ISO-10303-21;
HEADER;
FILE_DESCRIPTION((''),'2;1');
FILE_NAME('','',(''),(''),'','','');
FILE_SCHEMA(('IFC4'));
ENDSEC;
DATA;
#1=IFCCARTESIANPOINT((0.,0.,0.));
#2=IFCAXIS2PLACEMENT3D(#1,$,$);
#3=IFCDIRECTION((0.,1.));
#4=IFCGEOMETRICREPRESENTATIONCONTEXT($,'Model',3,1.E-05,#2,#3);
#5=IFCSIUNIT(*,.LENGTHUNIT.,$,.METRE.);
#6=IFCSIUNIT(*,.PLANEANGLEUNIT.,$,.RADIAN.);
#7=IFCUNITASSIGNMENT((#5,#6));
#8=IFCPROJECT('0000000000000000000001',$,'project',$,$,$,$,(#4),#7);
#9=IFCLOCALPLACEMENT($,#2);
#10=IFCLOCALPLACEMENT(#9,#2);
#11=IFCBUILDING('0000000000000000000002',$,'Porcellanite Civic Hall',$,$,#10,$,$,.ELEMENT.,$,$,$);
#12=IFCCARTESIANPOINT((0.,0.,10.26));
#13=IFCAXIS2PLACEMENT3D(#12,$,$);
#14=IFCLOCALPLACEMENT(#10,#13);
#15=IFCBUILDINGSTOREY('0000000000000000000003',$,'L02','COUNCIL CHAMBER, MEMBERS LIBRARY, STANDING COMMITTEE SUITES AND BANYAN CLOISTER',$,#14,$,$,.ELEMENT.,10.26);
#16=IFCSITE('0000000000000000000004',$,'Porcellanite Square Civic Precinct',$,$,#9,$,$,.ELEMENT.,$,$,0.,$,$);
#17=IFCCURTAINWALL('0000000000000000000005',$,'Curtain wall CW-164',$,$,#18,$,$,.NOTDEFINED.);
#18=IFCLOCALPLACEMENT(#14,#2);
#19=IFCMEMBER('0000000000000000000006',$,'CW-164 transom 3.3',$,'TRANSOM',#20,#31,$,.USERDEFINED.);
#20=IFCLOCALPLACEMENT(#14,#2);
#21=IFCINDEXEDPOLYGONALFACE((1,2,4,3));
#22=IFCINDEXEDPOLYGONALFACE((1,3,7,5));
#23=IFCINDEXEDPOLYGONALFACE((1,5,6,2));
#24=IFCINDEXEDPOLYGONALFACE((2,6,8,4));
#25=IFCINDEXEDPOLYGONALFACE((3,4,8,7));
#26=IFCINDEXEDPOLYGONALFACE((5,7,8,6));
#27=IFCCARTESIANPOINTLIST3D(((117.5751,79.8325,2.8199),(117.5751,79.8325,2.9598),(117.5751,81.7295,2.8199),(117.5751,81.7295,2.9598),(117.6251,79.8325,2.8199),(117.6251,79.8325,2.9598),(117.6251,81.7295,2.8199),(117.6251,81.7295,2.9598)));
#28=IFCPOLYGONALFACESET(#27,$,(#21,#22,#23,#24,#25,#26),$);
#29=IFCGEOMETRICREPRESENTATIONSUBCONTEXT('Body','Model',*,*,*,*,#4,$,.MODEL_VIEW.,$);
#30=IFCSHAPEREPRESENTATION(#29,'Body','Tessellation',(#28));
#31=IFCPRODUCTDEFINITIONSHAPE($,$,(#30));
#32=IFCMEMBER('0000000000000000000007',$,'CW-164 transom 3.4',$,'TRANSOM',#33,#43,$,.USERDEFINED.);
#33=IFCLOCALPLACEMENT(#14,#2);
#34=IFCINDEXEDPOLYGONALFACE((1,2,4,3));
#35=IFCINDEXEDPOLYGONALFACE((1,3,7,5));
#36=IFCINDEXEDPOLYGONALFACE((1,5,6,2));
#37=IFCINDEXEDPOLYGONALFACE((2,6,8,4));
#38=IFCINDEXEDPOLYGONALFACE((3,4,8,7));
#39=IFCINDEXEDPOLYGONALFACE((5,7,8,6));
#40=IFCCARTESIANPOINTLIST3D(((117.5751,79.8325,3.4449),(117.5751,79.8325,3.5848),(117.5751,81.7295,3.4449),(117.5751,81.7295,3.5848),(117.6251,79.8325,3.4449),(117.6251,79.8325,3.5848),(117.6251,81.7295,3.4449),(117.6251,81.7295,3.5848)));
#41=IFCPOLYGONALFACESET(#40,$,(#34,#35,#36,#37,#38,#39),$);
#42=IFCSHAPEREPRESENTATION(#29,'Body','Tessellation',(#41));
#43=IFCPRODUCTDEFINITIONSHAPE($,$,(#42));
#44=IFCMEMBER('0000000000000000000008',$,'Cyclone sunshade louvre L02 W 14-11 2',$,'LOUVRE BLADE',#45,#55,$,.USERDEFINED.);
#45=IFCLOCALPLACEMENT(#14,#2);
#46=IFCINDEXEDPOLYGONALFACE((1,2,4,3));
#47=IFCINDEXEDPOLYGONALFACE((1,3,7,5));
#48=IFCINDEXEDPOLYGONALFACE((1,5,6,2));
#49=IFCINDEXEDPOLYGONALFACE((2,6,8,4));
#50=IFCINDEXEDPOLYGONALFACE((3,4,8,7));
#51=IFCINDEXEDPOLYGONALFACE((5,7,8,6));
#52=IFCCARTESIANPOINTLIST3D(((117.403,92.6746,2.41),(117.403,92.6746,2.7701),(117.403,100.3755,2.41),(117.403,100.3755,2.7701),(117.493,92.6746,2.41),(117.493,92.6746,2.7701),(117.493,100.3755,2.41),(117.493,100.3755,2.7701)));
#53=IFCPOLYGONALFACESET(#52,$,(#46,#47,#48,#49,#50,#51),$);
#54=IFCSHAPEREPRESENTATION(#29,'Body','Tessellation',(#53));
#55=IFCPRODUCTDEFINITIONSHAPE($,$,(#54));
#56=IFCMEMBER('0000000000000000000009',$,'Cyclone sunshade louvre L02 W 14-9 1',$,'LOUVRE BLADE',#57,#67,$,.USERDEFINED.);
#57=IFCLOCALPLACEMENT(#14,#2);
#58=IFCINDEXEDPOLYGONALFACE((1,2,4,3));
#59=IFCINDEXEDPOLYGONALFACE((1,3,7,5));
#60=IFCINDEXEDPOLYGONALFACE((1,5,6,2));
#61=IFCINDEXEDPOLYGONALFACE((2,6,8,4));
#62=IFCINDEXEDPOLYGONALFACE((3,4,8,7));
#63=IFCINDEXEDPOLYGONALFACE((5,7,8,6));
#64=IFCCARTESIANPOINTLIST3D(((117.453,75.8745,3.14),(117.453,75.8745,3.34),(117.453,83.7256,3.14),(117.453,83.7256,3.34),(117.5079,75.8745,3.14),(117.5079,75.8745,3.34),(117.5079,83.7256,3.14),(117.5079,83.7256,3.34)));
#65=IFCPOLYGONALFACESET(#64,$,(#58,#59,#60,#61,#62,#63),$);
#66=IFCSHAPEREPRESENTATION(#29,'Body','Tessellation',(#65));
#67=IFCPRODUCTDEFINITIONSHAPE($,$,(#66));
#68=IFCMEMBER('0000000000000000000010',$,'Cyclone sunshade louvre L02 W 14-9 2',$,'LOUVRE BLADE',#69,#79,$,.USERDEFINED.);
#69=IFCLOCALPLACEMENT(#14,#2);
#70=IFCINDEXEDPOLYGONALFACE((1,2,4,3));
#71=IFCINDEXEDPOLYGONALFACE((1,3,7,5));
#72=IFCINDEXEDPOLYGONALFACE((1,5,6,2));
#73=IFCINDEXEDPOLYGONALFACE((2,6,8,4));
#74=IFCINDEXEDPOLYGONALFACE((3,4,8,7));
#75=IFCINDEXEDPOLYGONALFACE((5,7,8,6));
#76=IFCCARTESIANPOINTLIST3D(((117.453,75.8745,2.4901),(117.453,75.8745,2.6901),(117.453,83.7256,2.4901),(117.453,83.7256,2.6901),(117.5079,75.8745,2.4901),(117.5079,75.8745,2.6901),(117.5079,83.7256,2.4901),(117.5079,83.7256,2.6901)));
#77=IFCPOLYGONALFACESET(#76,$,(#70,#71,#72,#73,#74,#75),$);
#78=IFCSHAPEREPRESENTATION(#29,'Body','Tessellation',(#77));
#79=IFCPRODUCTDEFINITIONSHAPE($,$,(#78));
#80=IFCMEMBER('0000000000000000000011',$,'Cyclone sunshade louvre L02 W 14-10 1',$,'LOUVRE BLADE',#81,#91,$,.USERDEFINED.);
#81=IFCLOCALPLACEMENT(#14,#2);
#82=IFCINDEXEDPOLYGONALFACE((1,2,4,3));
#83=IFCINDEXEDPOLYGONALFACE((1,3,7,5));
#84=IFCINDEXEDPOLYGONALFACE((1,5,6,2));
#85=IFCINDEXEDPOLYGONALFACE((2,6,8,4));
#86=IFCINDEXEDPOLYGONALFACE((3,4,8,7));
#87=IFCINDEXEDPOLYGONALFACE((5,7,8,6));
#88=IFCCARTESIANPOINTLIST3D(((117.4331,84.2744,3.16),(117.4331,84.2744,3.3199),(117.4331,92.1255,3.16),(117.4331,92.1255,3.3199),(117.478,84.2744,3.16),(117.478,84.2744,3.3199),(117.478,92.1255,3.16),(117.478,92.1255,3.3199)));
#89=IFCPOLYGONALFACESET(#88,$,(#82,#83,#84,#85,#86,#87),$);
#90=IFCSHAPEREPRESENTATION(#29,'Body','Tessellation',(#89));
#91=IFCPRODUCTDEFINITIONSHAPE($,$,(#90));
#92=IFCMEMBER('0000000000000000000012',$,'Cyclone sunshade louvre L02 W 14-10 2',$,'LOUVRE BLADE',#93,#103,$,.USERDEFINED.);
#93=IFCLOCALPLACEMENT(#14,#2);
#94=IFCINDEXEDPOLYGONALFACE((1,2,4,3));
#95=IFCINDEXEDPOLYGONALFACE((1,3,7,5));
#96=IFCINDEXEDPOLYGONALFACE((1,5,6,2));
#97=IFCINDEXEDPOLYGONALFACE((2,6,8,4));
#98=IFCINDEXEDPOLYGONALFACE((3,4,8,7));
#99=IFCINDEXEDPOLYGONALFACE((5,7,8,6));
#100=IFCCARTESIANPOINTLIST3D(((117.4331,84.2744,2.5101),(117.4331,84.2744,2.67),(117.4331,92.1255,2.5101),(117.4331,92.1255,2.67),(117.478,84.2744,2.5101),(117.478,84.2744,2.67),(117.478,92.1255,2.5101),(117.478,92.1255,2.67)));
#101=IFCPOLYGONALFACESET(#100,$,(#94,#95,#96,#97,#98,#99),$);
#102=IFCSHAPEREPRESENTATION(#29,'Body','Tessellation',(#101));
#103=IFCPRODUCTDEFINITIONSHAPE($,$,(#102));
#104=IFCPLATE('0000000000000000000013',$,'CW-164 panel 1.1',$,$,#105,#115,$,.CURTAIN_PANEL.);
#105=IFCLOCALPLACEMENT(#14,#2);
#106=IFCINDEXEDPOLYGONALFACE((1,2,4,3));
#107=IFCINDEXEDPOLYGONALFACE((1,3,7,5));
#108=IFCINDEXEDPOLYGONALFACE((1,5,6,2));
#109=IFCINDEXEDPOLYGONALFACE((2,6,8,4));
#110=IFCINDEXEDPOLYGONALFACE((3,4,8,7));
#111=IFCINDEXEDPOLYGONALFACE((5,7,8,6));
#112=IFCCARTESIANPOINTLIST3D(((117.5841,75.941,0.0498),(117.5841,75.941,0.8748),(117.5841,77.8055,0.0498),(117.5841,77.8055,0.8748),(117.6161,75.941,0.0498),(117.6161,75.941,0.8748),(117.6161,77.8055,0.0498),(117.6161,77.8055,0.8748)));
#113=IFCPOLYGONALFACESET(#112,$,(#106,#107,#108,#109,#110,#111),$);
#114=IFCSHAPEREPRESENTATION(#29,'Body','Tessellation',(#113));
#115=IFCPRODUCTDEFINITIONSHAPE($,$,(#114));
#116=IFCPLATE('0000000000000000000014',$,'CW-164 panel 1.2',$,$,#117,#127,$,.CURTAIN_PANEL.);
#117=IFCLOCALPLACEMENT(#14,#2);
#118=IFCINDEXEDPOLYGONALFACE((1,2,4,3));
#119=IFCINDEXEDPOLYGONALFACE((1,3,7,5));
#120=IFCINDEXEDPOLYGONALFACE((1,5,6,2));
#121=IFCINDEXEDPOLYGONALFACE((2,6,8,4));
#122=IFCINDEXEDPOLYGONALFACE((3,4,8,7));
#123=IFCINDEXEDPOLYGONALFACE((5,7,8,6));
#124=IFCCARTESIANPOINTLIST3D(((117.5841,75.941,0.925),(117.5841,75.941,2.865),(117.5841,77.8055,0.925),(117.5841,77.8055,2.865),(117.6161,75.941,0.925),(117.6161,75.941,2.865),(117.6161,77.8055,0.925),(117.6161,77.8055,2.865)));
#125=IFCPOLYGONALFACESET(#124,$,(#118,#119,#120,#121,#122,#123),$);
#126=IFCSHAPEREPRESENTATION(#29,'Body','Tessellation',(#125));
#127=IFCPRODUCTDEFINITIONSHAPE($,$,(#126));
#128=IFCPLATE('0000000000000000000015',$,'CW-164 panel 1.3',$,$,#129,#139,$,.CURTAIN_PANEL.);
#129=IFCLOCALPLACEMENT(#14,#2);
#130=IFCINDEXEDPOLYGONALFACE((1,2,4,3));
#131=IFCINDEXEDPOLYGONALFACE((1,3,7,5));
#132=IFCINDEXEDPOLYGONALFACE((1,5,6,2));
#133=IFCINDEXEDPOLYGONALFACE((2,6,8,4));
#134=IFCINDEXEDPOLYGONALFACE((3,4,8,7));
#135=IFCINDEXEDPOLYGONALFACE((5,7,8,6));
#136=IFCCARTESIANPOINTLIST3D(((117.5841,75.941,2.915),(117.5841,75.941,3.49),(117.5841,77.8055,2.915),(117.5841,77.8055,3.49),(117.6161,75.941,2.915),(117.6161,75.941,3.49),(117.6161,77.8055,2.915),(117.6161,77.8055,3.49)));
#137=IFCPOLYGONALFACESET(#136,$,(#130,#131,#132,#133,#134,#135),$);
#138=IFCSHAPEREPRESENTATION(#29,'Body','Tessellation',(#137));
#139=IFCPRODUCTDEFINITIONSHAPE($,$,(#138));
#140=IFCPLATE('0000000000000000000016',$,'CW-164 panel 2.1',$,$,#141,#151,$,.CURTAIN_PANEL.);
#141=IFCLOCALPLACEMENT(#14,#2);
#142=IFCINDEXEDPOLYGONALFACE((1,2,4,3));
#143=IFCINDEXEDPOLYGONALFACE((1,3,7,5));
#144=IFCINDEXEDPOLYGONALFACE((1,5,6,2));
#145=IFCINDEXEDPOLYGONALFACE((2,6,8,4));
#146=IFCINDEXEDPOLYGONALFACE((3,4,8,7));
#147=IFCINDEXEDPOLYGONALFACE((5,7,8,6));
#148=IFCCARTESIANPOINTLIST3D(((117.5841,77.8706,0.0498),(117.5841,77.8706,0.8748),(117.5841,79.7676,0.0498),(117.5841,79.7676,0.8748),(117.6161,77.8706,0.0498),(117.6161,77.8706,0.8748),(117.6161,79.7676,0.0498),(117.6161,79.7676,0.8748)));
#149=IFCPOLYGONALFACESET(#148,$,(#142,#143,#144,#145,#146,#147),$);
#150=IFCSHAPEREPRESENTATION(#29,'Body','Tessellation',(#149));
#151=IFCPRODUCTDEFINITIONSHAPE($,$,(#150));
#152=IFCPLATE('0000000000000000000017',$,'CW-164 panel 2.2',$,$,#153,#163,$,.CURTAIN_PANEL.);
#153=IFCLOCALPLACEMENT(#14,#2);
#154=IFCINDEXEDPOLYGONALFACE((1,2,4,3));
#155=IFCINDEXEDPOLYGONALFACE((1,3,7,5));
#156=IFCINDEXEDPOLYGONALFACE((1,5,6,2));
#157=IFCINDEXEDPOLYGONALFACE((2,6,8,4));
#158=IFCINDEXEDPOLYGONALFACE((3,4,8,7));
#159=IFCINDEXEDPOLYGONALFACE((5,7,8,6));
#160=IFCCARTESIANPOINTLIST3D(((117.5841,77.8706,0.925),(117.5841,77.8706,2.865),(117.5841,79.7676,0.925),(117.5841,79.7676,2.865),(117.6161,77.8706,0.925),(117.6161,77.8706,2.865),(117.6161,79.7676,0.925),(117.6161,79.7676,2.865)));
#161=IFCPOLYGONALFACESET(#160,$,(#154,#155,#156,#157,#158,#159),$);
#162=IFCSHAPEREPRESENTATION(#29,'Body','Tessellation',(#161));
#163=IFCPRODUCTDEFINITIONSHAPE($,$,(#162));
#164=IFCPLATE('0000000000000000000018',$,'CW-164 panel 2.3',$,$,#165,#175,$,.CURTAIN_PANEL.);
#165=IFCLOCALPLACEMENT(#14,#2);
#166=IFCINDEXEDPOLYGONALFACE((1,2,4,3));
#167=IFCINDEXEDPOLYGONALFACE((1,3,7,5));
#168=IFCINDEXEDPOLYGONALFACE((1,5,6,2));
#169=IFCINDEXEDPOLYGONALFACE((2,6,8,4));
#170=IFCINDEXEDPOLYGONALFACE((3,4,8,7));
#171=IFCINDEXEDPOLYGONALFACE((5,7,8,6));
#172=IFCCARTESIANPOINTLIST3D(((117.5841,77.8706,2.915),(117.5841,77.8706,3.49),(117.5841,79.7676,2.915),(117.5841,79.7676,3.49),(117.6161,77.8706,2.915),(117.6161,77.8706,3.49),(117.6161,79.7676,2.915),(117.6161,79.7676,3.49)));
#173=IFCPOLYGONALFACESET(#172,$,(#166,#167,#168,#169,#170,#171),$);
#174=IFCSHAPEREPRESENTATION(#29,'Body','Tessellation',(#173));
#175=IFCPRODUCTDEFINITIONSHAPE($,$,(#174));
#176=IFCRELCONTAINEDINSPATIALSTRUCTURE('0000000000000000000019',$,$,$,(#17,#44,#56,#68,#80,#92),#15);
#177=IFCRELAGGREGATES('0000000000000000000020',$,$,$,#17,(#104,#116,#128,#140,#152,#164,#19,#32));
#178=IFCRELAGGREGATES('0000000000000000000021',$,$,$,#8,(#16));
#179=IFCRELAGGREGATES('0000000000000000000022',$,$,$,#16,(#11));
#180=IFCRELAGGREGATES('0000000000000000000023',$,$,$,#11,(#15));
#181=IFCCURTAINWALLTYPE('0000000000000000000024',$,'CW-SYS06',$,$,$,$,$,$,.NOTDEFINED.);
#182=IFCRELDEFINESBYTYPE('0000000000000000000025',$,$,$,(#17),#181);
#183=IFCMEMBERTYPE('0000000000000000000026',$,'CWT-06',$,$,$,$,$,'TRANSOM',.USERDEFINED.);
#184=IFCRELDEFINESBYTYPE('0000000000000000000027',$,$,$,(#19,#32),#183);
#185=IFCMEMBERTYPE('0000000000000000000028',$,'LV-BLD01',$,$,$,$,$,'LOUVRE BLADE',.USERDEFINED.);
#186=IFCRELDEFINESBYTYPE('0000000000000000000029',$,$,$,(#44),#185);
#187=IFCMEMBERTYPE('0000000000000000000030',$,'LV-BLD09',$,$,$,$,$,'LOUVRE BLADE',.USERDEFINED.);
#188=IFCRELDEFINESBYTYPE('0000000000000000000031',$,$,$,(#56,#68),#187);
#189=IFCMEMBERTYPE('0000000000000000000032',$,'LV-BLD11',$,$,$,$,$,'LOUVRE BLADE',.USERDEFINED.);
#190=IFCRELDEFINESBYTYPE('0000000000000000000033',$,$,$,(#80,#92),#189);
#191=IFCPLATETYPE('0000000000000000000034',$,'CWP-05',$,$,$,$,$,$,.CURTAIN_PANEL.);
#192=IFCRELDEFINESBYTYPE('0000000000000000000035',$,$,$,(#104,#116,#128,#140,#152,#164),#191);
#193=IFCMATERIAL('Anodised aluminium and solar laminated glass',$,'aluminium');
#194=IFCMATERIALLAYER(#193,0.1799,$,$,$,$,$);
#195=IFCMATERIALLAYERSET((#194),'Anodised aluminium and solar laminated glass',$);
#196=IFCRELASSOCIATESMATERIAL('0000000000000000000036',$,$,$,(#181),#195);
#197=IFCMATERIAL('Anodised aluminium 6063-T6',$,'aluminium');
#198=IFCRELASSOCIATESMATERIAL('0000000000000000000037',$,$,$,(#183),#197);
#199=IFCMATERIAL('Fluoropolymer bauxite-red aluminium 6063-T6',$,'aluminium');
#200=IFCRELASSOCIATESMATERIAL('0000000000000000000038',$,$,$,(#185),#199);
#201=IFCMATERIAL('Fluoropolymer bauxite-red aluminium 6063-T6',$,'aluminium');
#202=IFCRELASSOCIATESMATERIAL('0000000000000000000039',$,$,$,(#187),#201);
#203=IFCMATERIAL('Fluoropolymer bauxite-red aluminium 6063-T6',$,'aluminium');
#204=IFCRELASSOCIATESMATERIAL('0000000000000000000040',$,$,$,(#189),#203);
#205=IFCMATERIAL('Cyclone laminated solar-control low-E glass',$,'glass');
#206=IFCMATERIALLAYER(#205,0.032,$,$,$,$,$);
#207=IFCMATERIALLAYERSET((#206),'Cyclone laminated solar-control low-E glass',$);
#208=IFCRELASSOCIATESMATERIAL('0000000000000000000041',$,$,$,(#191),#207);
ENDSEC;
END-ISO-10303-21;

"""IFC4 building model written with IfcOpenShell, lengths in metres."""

from ifc_helpers import new_model, si_unit, direction, frame, origin, origin_2d, place, context, subcontext, project, spatial, rectangle, extrude, material, layer, layer_set, material_profile, profile_set, type_object, element, aggregate, save


model = new_model("IFC4")

# Units and contexts
model_context = context("Model", 3, precision=1e-05, world=origin(), true_north=direction((0.0, 1.0)))
body_context = subcontext(model_context, "Body", "Model", "MODEL_VIEW")
ifc_project = project(units=[si_unit("LENGTHUNIT", "METRE"), si_unit("PLANEANGLEUNIT", "RADIAN")], contexts=[model_context])

# Site, building, storey
site_placement = place(None, origin())
site = spatial("IfcSite", under=ifc_project, at=site_placement, Name="Porcellanite Square Civic Precinct", CompositionType="ELEMENT", RefElevation=0.0)
building_placement = place(site_placement, origin())
building = spatial("IfcBuilding", under=site, at=building_placement, Name="Porcellanite Civic Hall", CompositionType="ELEMENT")
storey_placement = place(building_placement, frame((0.0, 0.0, 10.26)))
storey = spatial("IfcBuildingStorey", under=building, at=storey_placement, Name="L02", Description="COUNCIL CHAMBER, MEMBERS LIBRARY, STANDING COMMITTEE SUITES AND BANYAN CLOISTER", CompositionType="ELEMENT", Elevation=10.26)

# Curtain wall, members
ifc_material_1 = material(Name="Anodised aluminium and solar laminated glass", Category="aluminium")
ifc_layer_1 = layer(ifc_material_1, 0.1799)
ifc_layer_set_1 = layer_set([ifc_layer_1], Name="Anodised aluminium and solar laminated glass")
curtain_wall_type = type_object("IfcCurtainWallType", Name="CW-SYS06", PredefinedType="NOTDEFINED", material=ifc_layer_set_1)
curtain_wall_placement = place(storey_placement, origin())
curtain_wall = element("IfcCurtainWall", 1, at=curtain_wall_placement, inside=storey, type_object=curtain_wall_type, Name="Curtain wall CW-164", PredefinedType="NOTDEFINED")
ifc_material_2 = material(Name="Anodised aluminium 6063-T6", Category="aluminium")
ifc_material_profile_1 = material_profile(ifc_material_2, rectangle(XDim=0.05, YDim=0.1399, at=origin_2d()), Name="AL-50x140")
ifc_profile_set_1 = profile_set([ifc_material_profile_1], Name="Anodised aluminium 6063-T6")
member_type_1 = type_object("IfcMemberType", Name="CWT-06", ElementType="TRANSOM", PredefinedType="USERDEFINED", material=ifc_profile_set_1)
member_1_placement = place(storey_placement, frame((117.6001, 79.8325, 2.8899), z_axis=(0.0, 1.0, 0.0), x_axis=(-1.0, 0.0, 0.0)))
member_1 = element("IfcMember", 2, at=member_1_placement, type_object=member_type_1, Name="CW-164 transom 3.3", ObjectType="TRANSOM", PredefinedType="USERDEFINED", context=body_context, shape_type="SweptSolid", body=[
    extrude(rectangle(XDim=0.05, YDim=0.1399, at=origin_2d()), origin(), (0.0, 0.0, 1.0), 1.897),
])
member_2_placement = place(storey_placement, frame((117.6001, 79.8325, 3.5149), z_axis=(0.0, 1.0, 0.0), x_axis=(-1.0, 0.0, 0.0)))
member_2 = element("IfcMember", 3, at=member_2_placement, type_object=member_type_1, Name="CW-164 transom 3.4", ObjectType="TRANSOM", PredefinedType="USERDEFINED", context=body_context, shape_type="SweptSolid", body=[
    extrude(rectangle(XDim=0.05, YDim=0.1399, at=origin_2d()), origin(), (0.0, 0.0, 1.0), 1.897),
])

# Members
ifc_material_3 = material(Name="Fluoropolymer bauxite-red aluminium 6063-T6", Category="aluminium")
ifc_material_profile_2 = material_profile(ifc_material_3, rectangle(XDim=0.0901, YDim=0.3601, at=origin_2d()), Name="AL-90x360")
ifc_profile_set_2 = profile_set([ifc_material_profile_2], Name="Fluoropolymer bauxite-red aluminium 6063-T6")
member_type_2 = type_object("IfcMemberType", Name="LV-BLD01", ElementType="LOUVRE BLADE", PredefinedType="USERDEFINED", material=ifc_profile_set_2)
member_3_placement = place(storey_placement, frame((117.448, 92.6746, 2.5901), z_axis=(0.0, 1.0, 0.0), x_axis=(-1.0, 0.0, 0.0)))
element("IfcMember", 4, at=member_3_placement, inside=storey, type_object=member_type_2, Name="Cyclone sunshade louvre L02 W 14-11 2", ObjectType="LOUVRE BLADE", PredefinedType="USERDEFINED", context=body_context, shape_type="SweptSolid", body=[
    extrude(rectangle(XDim=0.0901, YDim=0.3601, at=origin_2d()), origin(), (0.0, 0.0, 1.0), 7.7009),
])
ifc_material_4 = material(Name="Fluoropolymer bauxite-red aluminium 6063-T6", Category="aluminium")
ifc_material_profile_3 = material_profile(ifc_material_4, rectangle(XDim=0.0549, YDim=0.2, at=origin_2d()), Name="AL-55x200")
ifc_profile_set_3 = profile_set([ifc_material_profile_3], Name="Fluoropolymer bauxite-red aluminium 6063-T6")
member_type_3 = type_object("IfcMemberType", Name="LV-BLD09", ElementType="LOUVRE BLADE", PredefinedType="USERDEFINED", material=ifc_profile_set_3)
for number, where, z_axis, x_axis, name in (
    (5, (117.4805, 75.8745, 3.24), (0.0, 1.0, 0.0), (-1.0, 0.0, 0.0), "Cyclone sunshade louvre L02 W 14-9 1"),
    (6, (117.4805, 75.8745, 2.5901), (0.0, 1.0, 0.0), (-1.0, 0.0, 0.0), "Cyclone sunshade louvre L02 W 14-9 2"),
):
    element("IfcMember", number, at=place(storey_placement, frame(where, z_axis=z_axis, x_axis=x_axis)), inside=storey, type_object=member_type_3, Name=name, ObjectType="LOUVRE BLADE", PredefinedType="USERDEFINED", context=body_context, shape_type="SweptSolid", body=[
        extrude(rectangle(XDim=0.0549, YDim=0.2, at=origin_2d()), origin(), (0.0, 0.0, 1.0), 7.8511),
    ])
ifc_material_5 = material(Name="Fluoropolymer bauxite-red aluminium 6063-T6", Category="aluminium")
ifc_material_profile_4 = material_profile(ifc_material_5, rectangle(XDim=0.0449, YDim=0.1599, at=origin_2d()), Name="AL-45x160")
ifc_profile_set_4 = profile_set([ifc_material_profile_4], Name="Fluoropolymer bauxite-red aluminium 6063-T6")
member_type_4 = type_object("IfcMemberType", Name="LV-BLD11", ElementType="LOUVRE BLADE", PredefinedType="USERDEFINED", material=ifc_profile_set_4)
for number, where, z_axis, x_axis, name in (
    (7, (117.4556, 84.2744, 3.24), (0.0, 1.0, 0.0), (-1.0, 0.0, 0.0), "Cyclone sunshade louvre L02 W 14-10 1"),
    (8, (117.4556, 84.2744, 2.5901), (0.0, 1.0, 0.0), (-1.0, 0.0, 0.0), "Cyclone sunshade louvre L02 W 14-10 2"),
):
    element("IfcMember", number, at=place(storey_placement, frame(where, z_axis=z_axis, x_axis=x_axis)), inside=storey, type_object=member_type_4, Name=name, ObjectType="LOUVRE BLADE", PredefinedType="USERDEFINED", context=body_context, shape_type="SweptSolid", body=[
        extrude(rectangle(XDim=0.0449, YDim=0.1599, at=origin_2d()), origin(), (0.0, 0.0, 1.0), 7.8511),
    ])

# Plates
ifc_material_6 = material(Name="Cyclone laminated solar-control low-E glass", Category="glass")
ifc_layer_2 = layer(ifc_material_6, 0.032)
ifc_layer_set_2 = layer_set([ifc_layer_2], Name="Cyclone laminated solar-control low-E glass")
plate_type = type_object("IfcPlateType", Name="CWP-05", PredefinedType="CURTAIN_PANEL", material=ifc_layer_set_2)
plate_1_placement = place(storey_placement, frame((117.6001, 76.8733, 0.0498), z_axis=(0.0, 0.0, 1.0), x_axis=(0.0, 1.0, 0.0)))
plate_1 = element("IfcPlate", 9, at=plate_1_placement, type_object=plate_type, Name="CW-164 panel 1.1", PredefinedType="CURTAIN_PANEL", context=body_context, shape_type="SweptSolid", body=[
    extrude(rectangle(XDim=1.8645, YDim=0.032, at=origin_2d()), origin(), (0.0, 0.0, 1.0), 0.825),
])
plate_2_placement = place(storey_placement, frame((117.6001, 76.8733, 0.925), z_axis=(0.0, 0.0, 1.0), x_axis=(0.0, 1.0, 0.0)))
plate_2 = element("IfcPlate", 10, at=plate_2_placement, type_object=plate_type, Name="CW-164 panel 1.2", PredefinedType="CURTAIN_PANEL", context=body_context, shape_type="SweptSolid", body=[
    extrude(rectangle(XDim=1.8645, YDim=0.032, at=origin_2d()), origin(), (0.0, 0.0, 1.0), 1.9399),
])
plate_3_placement = place(storey_placement, frame((117.6001, 76.8733, 2.915), z_axis=(0.0, 0.0, 1.0), x_axis=(0.0, 1.0, 0.0)))
plate_3 = element("IfcPlate", 11, at=plate_3_placement, type_object=plate_type, Name="CW-164 panel 1.3", PredefinedType="CURTAIN_PANEL", context=body_context, shape_type="SweptSolid", body=[
    extrude(rectangle(XDim=1.8645, YDim=0.032, at=origin_2d()), origin(), (0.0, 0.0, 1.0), 0.575),
])
plate_4_placement = place(storey_placement, frame((117.6001, 78.8191, 0.0498), z_axis=(0.0, 0.0, 1.0), x_axis=(0.0, 1.0, 0.0)))
plate_4 = element("IfcPlate", 12, at=plate_4_placement, type_object=plate_type, Name="CW-164 panel 2.1", PredefinedType="CURTAIN_PANEL", context=body_context, shape_type="SweptSolid", body=[
    extrude(rectangle(XDim=1.897, YDim=0.032, at=origin_2d()), origin(), (0.0, 0.0, 1.0), 0.825),
])
plate_5_placement = place(storey_placement, frame((117.6001, 78.8191, 0.925), z_axis=(0.0, 0.0, 1.0), x_axis=(0.0, 1.0, 0.0)))
plate_5 = element("IfcPlate", 13, at=plate_5_placement, type_object=plate_type, Name="CW-164 panel 2.2", PredefinedType="CURTAIN_PANEL", context=body_context, shape_type="SweptSolid", body=[
    extrude(rectangle(XDim=1.897, YDim=0.032, at=origin_2d()), origin(), (0.0, 0.0, 1.0), 1.9399),
])
plate_6_placement = place(storey_placement, frame((117.6001, 78.8191, 2.915), z_axis=(0.0, 0.0, 1.0), x_axis=(0.0, 1.0, 0.0)))
plate_6 = element("IfcPlate", 14, at=plate_6_placement, type_object=plate_type, Name="CW-164 panel 2.3", PredefinedType="CURTAIN_PANEL", context=body_context, shape_type="SweptSolid", body=[
    extrude(rectangle(XDim=1.897, YDim=0.032, at=origin_2d()), origin(), (0.0, 0.0, 1.0), 0.575),
])
aggregate(curtain_wall, [plate_1, plate_2, plate_3, plate_4, plate_5, plate_6, member_1, member_2])

save(model, "model.ifc")
